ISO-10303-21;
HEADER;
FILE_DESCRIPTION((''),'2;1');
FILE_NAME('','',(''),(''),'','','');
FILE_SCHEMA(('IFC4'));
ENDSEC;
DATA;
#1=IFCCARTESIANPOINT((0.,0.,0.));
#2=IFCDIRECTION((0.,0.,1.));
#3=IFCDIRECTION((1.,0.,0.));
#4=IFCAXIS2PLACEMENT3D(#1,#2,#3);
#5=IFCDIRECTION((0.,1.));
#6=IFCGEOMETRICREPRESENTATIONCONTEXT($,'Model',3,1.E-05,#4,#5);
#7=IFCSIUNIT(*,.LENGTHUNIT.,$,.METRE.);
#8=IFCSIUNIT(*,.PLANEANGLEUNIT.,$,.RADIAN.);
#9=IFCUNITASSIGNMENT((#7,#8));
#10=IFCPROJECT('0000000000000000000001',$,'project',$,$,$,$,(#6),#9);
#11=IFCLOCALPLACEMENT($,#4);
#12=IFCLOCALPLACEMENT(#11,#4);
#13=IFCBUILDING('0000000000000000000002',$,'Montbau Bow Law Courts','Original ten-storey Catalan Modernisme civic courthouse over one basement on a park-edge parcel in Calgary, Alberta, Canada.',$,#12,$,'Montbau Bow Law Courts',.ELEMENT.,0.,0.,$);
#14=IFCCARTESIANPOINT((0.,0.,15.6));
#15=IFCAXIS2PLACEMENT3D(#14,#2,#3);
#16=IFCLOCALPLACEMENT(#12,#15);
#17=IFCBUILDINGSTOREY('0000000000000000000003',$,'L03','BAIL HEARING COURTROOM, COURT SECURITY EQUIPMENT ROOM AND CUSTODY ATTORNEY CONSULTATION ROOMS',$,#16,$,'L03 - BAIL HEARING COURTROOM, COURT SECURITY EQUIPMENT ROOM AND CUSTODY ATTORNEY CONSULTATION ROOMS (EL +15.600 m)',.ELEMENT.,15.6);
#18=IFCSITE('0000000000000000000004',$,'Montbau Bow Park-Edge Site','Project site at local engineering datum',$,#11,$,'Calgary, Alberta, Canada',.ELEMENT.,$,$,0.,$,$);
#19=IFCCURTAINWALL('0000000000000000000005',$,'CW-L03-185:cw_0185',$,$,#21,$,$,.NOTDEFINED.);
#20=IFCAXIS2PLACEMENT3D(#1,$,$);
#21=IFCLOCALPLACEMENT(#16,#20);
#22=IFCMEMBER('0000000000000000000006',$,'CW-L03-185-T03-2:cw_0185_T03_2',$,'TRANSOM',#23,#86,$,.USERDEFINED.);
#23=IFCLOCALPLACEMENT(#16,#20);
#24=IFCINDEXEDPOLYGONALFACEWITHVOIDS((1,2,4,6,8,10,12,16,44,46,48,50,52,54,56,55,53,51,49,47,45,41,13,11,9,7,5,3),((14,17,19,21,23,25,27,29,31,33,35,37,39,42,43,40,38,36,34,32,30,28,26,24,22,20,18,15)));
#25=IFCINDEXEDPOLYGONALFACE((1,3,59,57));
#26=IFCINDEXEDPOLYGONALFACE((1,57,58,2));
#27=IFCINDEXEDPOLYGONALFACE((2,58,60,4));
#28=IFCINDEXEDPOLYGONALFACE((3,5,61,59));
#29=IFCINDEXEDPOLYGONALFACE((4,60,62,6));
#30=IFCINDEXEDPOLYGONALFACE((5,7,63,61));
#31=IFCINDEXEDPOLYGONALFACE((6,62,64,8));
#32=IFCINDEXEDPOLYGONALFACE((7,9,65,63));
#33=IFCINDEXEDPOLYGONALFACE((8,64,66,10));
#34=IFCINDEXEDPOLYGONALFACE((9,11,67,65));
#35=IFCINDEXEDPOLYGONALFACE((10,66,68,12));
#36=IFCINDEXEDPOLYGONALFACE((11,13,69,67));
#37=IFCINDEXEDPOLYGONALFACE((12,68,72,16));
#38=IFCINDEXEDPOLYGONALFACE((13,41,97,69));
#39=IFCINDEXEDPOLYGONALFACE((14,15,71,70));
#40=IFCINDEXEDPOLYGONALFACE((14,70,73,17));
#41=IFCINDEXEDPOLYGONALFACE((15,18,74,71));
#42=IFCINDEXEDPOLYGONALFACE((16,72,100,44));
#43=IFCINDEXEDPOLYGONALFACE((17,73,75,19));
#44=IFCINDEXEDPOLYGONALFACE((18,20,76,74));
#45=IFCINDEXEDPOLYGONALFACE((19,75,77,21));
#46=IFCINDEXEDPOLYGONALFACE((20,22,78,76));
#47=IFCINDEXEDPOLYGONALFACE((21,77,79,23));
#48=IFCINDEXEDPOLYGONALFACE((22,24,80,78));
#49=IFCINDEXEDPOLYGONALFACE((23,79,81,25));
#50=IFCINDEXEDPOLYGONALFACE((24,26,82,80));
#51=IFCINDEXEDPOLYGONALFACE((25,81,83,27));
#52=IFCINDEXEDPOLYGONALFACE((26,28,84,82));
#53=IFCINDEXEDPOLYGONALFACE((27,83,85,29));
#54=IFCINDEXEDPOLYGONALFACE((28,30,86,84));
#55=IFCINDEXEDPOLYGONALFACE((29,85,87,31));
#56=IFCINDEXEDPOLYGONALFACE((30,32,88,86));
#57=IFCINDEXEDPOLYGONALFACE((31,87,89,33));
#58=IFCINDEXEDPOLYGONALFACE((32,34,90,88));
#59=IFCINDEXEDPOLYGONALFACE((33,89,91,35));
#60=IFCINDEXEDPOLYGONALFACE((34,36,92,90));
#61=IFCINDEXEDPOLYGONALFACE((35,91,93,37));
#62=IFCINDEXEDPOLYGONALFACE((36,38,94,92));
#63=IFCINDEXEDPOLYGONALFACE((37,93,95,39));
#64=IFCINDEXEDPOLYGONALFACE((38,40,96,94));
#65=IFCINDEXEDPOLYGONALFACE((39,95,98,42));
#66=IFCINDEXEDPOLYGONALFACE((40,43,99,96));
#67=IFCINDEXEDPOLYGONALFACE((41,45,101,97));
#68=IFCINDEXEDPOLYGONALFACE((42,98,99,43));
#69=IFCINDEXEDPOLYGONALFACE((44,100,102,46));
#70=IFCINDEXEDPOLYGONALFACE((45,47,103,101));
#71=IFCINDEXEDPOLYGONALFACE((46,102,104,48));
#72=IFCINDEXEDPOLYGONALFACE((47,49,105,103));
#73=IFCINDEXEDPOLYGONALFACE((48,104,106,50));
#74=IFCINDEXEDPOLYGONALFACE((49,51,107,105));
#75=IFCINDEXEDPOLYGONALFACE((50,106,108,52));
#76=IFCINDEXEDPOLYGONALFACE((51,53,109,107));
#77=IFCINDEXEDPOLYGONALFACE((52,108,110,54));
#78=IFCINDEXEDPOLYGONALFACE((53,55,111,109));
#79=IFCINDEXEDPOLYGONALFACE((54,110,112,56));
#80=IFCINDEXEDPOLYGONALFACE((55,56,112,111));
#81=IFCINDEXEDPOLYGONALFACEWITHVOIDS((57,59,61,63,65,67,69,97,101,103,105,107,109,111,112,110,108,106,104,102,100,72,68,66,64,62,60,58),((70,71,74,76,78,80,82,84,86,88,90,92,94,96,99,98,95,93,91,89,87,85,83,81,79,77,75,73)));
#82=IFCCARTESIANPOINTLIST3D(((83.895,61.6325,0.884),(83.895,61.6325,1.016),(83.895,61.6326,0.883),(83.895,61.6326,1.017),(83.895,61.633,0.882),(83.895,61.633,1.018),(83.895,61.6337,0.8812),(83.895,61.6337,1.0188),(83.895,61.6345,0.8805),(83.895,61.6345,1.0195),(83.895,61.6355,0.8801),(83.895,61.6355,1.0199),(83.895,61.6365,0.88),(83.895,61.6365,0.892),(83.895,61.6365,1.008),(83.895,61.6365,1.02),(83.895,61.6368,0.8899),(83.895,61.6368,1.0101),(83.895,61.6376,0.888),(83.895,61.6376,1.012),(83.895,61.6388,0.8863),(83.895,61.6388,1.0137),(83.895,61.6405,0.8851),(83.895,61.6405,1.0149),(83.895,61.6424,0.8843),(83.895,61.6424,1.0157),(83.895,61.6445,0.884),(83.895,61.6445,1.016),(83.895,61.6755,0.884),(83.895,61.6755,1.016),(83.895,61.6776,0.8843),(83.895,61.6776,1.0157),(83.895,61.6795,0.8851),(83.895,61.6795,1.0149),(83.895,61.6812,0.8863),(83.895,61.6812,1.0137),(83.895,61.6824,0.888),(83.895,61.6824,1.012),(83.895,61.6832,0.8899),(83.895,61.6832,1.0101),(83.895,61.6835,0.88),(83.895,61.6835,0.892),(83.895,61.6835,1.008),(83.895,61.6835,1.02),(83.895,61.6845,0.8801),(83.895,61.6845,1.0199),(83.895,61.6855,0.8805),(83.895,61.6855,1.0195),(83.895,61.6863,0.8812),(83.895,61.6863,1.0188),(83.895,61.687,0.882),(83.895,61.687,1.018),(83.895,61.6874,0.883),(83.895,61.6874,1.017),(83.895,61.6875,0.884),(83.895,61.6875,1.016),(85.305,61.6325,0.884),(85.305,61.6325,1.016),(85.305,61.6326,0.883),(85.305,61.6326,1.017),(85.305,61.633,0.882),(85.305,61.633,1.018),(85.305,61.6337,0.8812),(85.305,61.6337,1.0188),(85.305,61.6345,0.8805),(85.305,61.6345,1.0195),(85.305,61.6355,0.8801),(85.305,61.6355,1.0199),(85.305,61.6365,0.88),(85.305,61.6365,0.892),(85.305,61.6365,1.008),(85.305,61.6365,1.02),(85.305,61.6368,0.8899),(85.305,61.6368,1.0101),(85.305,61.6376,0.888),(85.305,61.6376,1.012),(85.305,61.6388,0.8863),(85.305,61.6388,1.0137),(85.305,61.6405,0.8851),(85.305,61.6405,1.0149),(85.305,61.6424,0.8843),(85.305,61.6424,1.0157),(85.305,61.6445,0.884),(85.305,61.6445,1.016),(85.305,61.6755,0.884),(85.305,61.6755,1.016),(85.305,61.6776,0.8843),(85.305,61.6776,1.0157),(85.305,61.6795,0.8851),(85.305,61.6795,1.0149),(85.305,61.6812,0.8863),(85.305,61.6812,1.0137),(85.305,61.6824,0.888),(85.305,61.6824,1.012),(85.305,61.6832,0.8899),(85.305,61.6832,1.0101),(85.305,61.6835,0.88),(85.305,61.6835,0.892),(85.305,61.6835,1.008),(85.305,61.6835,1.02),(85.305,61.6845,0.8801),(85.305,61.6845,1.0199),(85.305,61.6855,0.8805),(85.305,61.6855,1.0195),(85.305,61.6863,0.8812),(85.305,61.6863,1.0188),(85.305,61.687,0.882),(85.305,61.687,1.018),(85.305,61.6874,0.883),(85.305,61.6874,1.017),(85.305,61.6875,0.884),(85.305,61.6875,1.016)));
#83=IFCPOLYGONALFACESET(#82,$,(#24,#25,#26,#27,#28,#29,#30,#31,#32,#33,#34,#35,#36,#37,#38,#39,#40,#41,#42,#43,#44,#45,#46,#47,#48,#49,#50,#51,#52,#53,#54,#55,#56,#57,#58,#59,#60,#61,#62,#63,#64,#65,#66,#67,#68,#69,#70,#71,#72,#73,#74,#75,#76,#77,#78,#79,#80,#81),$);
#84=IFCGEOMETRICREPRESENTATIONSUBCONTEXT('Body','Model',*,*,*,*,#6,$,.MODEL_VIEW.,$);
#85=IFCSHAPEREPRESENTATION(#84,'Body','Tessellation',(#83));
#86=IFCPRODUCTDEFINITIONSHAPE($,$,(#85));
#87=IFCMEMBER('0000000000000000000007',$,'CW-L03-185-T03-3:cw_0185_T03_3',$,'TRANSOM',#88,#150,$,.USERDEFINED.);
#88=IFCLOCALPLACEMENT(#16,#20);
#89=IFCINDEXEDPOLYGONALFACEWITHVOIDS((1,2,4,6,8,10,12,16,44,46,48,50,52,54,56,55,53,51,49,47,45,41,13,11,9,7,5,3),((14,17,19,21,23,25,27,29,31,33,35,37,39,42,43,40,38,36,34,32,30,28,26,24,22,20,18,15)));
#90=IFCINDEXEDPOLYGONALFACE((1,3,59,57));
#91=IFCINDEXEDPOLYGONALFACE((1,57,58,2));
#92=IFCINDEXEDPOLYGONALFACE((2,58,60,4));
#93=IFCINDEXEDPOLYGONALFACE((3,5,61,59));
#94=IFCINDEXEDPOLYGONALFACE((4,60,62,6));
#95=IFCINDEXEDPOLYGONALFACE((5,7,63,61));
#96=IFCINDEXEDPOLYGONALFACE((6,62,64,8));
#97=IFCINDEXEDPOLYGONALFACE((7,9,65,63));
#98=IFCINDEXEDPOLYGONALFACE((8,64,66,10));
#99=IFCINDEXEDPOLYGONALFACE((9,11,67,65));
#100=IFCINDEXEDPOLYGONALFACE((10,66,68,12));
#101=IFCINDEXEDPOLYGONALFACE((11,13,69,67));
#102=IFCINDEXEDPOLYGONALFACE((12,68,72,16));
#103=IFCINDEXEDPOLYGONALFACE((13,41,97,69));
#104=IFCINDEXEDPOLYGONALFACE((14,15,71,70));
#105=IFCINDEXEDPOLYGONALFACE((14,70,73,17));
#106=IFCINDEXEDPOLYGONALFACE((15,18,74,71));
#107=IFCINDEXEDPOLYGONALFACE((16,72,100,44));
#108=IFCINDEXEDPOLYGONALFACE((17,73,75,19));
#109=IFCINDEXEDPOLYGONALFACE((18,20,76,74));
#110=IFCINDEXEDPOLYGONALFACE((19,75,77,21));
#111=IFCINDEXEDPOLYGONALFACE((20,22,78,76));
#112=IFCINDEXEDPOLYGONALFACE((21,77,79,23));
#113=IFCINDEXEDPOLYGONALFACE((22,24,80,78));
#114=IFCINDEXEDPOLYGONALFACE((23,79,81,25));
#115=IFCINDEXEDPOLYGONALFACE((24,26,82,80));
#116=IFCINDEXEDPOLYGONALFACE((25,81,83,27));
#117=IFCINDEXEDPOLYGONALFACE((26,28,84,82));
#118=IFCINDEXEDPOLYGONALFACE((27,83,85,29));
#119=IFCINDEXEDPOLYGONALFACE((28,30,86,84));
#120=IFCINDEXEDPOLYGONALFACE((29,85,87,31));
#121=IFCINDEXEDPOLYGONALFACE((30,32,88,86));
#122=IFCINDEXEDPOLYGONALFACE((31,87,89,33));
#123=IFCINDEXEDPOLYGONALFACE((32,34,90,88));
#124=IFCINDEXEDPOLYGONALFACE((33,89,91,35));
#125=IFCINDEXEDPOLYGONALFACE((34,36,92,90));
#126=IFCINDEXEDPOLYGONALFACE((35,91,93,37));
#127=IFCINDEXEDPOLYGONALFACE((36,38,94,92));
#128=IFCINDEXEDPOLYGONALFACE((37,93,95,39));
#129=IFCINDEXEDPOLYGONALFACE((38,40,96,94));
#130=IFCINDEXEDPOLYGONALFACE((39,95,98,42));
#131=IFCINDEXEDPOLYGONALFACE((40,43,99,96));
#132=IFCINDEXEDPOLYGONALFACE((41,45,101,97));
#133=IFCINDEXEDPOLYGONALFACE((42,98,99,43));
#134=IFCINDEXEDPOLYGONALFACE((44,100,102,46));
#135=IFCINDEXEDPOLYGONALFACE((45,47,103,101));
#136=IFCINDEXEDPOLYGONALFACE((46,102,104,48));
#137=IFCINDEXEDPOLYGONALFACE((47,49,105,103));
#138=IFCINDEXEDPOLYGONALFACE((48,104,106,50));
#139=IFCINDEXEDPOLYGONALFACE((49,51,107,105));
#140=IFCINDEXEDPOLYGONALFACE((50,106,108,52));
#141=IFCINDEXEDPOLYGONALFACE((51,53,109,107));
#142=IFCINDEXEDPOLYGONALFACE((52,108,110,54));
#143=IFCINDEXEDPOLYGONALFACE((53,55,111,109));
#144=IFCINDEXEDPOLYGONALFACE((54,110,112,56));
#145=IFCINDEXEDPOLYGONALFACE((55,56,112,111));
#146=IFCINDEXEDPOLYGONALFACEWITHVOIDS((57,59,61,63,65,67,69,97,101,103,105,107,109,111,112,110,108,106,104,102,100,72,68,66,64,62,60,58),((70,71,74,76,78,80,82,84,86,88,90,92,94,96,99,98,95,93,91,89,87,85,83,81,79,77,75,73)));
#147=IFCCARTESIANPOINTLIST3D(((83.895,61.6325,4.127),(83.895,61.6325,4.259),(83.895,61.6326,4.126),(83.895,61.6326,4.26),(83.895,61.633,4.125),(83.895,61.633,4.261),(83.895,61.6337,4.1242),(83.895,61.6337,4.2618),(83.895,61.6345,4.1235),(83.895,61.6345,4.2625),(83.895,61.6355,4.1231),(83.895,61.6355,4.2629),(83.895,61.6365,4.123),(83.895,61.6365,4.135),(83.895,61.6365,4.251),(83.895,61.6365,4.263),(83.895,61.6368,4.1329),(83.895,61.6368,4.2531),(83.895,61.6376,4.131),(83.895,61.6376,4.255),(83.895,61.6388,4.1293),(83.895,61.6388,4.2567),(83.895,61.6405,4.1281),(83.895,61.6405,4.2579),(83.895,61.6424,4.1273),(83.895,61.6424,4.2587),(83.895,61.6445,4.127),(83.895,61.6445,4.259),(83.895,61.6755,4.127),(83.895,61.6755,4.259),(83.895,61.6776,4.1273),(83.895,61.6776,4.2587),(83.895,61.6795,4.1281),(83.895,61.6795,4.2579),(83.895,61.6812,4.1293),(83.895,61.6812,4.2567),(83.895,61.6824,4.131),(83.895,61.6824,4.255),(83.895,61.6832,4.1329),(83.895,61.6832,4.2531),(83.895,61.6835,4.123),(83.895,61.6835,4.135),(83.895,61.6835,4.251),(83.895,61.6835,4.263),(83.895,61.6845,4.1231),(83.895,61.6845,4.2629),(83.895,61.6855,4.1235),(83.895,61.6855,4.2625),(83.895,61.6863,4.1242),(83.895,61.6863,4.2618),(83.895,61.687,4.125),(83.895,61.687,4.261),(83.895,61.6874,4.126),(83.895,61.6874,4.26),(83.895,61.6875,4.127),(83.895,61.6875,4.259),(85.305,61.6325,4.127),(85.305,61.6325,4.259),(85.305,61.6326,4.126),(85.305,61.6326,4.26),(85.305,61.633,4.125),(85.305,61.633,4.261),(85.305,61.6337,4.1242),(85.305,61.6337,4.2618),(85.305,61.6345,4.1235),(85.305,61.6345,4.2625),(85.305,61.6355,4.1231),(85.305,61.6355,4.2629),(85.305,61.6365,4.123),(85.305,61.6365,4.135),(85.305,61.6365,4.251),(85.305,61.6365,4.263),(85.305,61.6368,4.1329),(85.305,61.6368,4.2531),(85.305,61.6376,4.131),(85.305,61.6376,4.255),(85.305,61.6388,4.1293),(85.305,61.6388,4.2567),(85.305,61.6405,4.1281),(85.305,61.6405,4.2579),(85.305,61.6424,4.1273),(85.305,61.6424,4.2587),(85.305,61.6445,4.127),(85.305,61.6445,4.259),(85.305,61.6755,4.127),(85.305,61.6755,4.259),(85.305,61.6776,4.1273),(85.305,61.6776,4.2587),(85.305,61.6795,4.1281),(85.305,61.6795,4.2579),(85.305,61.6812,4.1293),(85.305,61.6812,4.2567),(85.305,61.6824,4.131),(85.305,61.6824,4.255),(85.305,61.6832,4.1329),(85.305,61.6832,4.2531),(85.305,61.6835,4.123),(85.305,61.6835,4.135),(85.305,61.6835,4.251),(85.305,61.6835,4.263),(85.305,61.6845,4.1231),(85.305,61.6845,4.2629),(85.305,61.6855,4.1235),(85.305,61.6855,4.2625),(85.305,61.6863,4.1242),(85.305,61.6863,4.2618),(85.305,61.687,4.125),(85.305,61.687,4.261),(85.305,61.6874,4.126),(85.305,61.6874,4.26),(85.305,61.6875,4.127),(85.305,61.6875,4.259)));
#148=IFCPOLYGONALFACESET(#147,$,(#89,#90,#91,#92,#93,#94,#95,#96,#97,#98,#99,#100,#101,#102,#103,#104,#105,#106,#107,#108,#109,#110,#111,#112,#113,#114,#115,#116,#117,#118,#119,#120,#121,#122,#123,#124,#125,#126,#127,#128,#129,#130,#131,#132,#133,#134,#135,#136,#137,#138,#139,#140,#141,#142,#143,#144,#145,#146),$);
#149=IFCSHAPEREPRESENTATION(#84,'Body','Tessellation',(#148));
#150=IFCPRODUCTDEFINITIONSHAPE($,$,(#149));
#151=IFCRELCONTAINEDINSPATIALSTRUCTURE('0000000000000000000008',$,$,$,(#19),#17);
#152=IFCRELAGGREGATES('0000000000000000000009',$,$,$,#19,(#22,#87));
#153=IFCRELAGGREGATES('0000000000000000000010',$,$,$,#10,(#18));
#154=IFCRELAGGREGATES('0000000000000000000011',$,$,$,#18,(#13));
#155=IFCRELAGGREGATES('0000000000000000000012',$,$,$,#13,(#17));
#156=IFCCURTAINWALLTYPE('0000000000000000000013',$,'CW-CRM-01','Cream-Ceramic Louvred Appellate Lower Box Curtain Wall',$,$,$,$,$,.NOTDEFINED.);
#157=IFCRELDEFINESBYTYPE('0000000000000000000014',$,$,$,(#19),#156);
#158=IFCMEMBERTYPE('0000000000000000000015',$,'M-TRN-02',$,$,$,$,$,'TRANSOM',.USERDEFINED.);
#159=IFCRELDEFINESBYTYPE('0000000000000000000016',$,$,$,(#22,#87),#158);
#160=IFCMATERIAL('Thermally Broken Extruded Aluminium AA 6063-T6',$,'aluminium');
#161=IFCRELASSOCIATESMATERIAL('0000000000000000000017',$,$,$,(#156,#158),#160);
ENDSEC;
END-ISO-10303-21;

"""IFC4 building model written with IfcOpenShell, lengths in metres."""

from ifc_helpers import new_model, si_unit, direction, frame, origin_with_axes, origin_2d_with_axis, place, context, subcontext, project, spatial, hollow_rectangle, extrude, material, material_profile, profile_set, type_object, element, aggregate, save


model = new_model("IFC4")

# Units and contexts
model_context = context("Model", 3, precision=1e-05, world=origin_with_axes(), true_north=direction((0.0, 1.0)))
body_context = subcontext(model_context, "Body", "Model", "MODEL_VIEW")
ifc_project = project(units=[si_unit("LENGTHUNIT", "METRE"), si_unit("PLANEANGLEUNIT", "RADIAN")], contexts=[model_context])

# Site, building, storey
site_placement = place(None, origin_with_axes())
site = spatial("IfcSite", under=ifc_project, at=site_placement, Name="Montbau Bow Park-Edge Site", Description="Project site at local engineering datum", LongName="Calgary, Alberta, Canada", CompositionType="ELEMENT", RefElevation=0.0)
building_placement = place(site_placement, origin_with_axes())
building = spatial("IfcBuilding", under=site, at=building_placement, Name="Montbau Bow Law Courts", Description="Original ten-storey Catalan Modernisme civic courthouse over one basement on a park-edge parcel in Calgary, Alberta, Canada.", LongName="Montbau Bow Law Courts", CompositionType="ELEMENT", ElevationOfRefHeight=0.0, ElevationOfTerrain=0.0)
storey_placement = place(building_placement, frame((0.0, 0.0, 15.6), z_axis=(0.0, 0.0, 1.0), x_axis=(1.0, 0.0, 0.0)))
storey = spatial("IfcBuildingStorey", under=building, at=storey_placement, Name="L03", Description="BAIL HEARING COURTROOM, COURT SECURITY EQUIPMENT ROOM AND CUSTODY ATTORNEY CONSULTATION ROOMS", LongName="L03 - BAIL HEARING COURTROOM, COURT SECURITY EQUIPMENT ROOM AND CUSTODY ATTORNEY CONSULTATION ROOMS (EL +15.600 m)", CompositionType="ELEMENT", Elevation=15.6)

# Curtain wall, members
ifc_material_1 = material(Name="Thermally Broken Extruded Aluminium AA 6063-T6", Category="aluminium")
curtain_wall_type = type_object("IfcCurtainWallType", Name="CW-CRM-01", Description="Cream-Ceramic Louvred Appellate Lower Box Curtain Wall", PredefinedType="NOTDEFINED", material=ifc_material_1)
curtain_wall_placement = place(None, frame((80.915, 61.66, 15.6), z_axis=(0.0, 0.0, 1.0), x_axis=(1.0, 0.0, 0.0)))
curtain_wall = element("IfcCurtainWall", 1, at=curtain_wall_placement, inside=storey, type_object=curtain_wall_type, Name="CW-L03-185:cw_0185", PredefinedType="NOTDEFINED")
ifc_material_profile_1 = material_profile(ifc_material_1, hollow_rectangle(XDim=0.055, YDim=0.14, WallThickness=0.004, InnerFilletRadius=0.008, OuterFilletRadius=0.004, at=origin_2d_with_axis()), Name="CWT-140X55", Category="Main", Priority=0)
ifc_profile_set_1 = profile_set([ifc_material_profile_1], Name="Thermally Broken Extruded Aluminium AA 6063-T6")
member_type_1 = type_object("IfcMemberType", Name="M-TRN-02", ElementType="TRANSOM", PredefinedType="USERDEFINED", material=ifc_profile_set_1)
member_1_placement = place(None, frame((83.895, 61.66, 16.55), z_axis=(1.0, 0.0, 0.0), x_axis=(0.0, 1.0, 0.0)))
member_1 = element("IfcMember", 2, at=member_1_placement, type_object=member_type_1, Name="CW-L03-185-T03-2:cw_0185_T03_2", ObjectType="TRANSOM", PredefinedType="USERDEFINED", context=body_context, shape_type="SweptSolid", body=[
    extrude(hollow_rectangle(XDim=0.055, YDim=0.14, WallThickness=0.004, InnerFilletRadius=0.008, OuterFilletRadius=0.004, at=origin_2d_with_axis()), origin_with_axes(), (0.0, 0.0, 1.0), 1.41),
])
member_2_placement = place(None, frame((83.895, 61.66, 19.793), z_axis=(1.0, 0.0, 0.0), x_axis=(0.0, 1.0, 0.0)))
member_2 = element("IfcMember", 3, at=member_2_placement, type_object=member_type_1, Name="CW-L03-185-T03-3:cw_0185_T03_3", ObjectType="TRANSOM", PredefinedType="USERDEFINED", context=body_context, shape_type="SweptSolid", body=[
    extrude(hollow_rectangle(XDim=0.055, YDim=0.14, WallThickness=0.004, InnerFilletRadius=0.008, OuterFilletRadius=0.004, at=origin_2d_with_axis()), origin_with_axes(), (0.0, 0.0, 1.0), 1.41),
])
aggregate(curtain_wall, [member_1, member_2])

save(model, "model.ifc")
